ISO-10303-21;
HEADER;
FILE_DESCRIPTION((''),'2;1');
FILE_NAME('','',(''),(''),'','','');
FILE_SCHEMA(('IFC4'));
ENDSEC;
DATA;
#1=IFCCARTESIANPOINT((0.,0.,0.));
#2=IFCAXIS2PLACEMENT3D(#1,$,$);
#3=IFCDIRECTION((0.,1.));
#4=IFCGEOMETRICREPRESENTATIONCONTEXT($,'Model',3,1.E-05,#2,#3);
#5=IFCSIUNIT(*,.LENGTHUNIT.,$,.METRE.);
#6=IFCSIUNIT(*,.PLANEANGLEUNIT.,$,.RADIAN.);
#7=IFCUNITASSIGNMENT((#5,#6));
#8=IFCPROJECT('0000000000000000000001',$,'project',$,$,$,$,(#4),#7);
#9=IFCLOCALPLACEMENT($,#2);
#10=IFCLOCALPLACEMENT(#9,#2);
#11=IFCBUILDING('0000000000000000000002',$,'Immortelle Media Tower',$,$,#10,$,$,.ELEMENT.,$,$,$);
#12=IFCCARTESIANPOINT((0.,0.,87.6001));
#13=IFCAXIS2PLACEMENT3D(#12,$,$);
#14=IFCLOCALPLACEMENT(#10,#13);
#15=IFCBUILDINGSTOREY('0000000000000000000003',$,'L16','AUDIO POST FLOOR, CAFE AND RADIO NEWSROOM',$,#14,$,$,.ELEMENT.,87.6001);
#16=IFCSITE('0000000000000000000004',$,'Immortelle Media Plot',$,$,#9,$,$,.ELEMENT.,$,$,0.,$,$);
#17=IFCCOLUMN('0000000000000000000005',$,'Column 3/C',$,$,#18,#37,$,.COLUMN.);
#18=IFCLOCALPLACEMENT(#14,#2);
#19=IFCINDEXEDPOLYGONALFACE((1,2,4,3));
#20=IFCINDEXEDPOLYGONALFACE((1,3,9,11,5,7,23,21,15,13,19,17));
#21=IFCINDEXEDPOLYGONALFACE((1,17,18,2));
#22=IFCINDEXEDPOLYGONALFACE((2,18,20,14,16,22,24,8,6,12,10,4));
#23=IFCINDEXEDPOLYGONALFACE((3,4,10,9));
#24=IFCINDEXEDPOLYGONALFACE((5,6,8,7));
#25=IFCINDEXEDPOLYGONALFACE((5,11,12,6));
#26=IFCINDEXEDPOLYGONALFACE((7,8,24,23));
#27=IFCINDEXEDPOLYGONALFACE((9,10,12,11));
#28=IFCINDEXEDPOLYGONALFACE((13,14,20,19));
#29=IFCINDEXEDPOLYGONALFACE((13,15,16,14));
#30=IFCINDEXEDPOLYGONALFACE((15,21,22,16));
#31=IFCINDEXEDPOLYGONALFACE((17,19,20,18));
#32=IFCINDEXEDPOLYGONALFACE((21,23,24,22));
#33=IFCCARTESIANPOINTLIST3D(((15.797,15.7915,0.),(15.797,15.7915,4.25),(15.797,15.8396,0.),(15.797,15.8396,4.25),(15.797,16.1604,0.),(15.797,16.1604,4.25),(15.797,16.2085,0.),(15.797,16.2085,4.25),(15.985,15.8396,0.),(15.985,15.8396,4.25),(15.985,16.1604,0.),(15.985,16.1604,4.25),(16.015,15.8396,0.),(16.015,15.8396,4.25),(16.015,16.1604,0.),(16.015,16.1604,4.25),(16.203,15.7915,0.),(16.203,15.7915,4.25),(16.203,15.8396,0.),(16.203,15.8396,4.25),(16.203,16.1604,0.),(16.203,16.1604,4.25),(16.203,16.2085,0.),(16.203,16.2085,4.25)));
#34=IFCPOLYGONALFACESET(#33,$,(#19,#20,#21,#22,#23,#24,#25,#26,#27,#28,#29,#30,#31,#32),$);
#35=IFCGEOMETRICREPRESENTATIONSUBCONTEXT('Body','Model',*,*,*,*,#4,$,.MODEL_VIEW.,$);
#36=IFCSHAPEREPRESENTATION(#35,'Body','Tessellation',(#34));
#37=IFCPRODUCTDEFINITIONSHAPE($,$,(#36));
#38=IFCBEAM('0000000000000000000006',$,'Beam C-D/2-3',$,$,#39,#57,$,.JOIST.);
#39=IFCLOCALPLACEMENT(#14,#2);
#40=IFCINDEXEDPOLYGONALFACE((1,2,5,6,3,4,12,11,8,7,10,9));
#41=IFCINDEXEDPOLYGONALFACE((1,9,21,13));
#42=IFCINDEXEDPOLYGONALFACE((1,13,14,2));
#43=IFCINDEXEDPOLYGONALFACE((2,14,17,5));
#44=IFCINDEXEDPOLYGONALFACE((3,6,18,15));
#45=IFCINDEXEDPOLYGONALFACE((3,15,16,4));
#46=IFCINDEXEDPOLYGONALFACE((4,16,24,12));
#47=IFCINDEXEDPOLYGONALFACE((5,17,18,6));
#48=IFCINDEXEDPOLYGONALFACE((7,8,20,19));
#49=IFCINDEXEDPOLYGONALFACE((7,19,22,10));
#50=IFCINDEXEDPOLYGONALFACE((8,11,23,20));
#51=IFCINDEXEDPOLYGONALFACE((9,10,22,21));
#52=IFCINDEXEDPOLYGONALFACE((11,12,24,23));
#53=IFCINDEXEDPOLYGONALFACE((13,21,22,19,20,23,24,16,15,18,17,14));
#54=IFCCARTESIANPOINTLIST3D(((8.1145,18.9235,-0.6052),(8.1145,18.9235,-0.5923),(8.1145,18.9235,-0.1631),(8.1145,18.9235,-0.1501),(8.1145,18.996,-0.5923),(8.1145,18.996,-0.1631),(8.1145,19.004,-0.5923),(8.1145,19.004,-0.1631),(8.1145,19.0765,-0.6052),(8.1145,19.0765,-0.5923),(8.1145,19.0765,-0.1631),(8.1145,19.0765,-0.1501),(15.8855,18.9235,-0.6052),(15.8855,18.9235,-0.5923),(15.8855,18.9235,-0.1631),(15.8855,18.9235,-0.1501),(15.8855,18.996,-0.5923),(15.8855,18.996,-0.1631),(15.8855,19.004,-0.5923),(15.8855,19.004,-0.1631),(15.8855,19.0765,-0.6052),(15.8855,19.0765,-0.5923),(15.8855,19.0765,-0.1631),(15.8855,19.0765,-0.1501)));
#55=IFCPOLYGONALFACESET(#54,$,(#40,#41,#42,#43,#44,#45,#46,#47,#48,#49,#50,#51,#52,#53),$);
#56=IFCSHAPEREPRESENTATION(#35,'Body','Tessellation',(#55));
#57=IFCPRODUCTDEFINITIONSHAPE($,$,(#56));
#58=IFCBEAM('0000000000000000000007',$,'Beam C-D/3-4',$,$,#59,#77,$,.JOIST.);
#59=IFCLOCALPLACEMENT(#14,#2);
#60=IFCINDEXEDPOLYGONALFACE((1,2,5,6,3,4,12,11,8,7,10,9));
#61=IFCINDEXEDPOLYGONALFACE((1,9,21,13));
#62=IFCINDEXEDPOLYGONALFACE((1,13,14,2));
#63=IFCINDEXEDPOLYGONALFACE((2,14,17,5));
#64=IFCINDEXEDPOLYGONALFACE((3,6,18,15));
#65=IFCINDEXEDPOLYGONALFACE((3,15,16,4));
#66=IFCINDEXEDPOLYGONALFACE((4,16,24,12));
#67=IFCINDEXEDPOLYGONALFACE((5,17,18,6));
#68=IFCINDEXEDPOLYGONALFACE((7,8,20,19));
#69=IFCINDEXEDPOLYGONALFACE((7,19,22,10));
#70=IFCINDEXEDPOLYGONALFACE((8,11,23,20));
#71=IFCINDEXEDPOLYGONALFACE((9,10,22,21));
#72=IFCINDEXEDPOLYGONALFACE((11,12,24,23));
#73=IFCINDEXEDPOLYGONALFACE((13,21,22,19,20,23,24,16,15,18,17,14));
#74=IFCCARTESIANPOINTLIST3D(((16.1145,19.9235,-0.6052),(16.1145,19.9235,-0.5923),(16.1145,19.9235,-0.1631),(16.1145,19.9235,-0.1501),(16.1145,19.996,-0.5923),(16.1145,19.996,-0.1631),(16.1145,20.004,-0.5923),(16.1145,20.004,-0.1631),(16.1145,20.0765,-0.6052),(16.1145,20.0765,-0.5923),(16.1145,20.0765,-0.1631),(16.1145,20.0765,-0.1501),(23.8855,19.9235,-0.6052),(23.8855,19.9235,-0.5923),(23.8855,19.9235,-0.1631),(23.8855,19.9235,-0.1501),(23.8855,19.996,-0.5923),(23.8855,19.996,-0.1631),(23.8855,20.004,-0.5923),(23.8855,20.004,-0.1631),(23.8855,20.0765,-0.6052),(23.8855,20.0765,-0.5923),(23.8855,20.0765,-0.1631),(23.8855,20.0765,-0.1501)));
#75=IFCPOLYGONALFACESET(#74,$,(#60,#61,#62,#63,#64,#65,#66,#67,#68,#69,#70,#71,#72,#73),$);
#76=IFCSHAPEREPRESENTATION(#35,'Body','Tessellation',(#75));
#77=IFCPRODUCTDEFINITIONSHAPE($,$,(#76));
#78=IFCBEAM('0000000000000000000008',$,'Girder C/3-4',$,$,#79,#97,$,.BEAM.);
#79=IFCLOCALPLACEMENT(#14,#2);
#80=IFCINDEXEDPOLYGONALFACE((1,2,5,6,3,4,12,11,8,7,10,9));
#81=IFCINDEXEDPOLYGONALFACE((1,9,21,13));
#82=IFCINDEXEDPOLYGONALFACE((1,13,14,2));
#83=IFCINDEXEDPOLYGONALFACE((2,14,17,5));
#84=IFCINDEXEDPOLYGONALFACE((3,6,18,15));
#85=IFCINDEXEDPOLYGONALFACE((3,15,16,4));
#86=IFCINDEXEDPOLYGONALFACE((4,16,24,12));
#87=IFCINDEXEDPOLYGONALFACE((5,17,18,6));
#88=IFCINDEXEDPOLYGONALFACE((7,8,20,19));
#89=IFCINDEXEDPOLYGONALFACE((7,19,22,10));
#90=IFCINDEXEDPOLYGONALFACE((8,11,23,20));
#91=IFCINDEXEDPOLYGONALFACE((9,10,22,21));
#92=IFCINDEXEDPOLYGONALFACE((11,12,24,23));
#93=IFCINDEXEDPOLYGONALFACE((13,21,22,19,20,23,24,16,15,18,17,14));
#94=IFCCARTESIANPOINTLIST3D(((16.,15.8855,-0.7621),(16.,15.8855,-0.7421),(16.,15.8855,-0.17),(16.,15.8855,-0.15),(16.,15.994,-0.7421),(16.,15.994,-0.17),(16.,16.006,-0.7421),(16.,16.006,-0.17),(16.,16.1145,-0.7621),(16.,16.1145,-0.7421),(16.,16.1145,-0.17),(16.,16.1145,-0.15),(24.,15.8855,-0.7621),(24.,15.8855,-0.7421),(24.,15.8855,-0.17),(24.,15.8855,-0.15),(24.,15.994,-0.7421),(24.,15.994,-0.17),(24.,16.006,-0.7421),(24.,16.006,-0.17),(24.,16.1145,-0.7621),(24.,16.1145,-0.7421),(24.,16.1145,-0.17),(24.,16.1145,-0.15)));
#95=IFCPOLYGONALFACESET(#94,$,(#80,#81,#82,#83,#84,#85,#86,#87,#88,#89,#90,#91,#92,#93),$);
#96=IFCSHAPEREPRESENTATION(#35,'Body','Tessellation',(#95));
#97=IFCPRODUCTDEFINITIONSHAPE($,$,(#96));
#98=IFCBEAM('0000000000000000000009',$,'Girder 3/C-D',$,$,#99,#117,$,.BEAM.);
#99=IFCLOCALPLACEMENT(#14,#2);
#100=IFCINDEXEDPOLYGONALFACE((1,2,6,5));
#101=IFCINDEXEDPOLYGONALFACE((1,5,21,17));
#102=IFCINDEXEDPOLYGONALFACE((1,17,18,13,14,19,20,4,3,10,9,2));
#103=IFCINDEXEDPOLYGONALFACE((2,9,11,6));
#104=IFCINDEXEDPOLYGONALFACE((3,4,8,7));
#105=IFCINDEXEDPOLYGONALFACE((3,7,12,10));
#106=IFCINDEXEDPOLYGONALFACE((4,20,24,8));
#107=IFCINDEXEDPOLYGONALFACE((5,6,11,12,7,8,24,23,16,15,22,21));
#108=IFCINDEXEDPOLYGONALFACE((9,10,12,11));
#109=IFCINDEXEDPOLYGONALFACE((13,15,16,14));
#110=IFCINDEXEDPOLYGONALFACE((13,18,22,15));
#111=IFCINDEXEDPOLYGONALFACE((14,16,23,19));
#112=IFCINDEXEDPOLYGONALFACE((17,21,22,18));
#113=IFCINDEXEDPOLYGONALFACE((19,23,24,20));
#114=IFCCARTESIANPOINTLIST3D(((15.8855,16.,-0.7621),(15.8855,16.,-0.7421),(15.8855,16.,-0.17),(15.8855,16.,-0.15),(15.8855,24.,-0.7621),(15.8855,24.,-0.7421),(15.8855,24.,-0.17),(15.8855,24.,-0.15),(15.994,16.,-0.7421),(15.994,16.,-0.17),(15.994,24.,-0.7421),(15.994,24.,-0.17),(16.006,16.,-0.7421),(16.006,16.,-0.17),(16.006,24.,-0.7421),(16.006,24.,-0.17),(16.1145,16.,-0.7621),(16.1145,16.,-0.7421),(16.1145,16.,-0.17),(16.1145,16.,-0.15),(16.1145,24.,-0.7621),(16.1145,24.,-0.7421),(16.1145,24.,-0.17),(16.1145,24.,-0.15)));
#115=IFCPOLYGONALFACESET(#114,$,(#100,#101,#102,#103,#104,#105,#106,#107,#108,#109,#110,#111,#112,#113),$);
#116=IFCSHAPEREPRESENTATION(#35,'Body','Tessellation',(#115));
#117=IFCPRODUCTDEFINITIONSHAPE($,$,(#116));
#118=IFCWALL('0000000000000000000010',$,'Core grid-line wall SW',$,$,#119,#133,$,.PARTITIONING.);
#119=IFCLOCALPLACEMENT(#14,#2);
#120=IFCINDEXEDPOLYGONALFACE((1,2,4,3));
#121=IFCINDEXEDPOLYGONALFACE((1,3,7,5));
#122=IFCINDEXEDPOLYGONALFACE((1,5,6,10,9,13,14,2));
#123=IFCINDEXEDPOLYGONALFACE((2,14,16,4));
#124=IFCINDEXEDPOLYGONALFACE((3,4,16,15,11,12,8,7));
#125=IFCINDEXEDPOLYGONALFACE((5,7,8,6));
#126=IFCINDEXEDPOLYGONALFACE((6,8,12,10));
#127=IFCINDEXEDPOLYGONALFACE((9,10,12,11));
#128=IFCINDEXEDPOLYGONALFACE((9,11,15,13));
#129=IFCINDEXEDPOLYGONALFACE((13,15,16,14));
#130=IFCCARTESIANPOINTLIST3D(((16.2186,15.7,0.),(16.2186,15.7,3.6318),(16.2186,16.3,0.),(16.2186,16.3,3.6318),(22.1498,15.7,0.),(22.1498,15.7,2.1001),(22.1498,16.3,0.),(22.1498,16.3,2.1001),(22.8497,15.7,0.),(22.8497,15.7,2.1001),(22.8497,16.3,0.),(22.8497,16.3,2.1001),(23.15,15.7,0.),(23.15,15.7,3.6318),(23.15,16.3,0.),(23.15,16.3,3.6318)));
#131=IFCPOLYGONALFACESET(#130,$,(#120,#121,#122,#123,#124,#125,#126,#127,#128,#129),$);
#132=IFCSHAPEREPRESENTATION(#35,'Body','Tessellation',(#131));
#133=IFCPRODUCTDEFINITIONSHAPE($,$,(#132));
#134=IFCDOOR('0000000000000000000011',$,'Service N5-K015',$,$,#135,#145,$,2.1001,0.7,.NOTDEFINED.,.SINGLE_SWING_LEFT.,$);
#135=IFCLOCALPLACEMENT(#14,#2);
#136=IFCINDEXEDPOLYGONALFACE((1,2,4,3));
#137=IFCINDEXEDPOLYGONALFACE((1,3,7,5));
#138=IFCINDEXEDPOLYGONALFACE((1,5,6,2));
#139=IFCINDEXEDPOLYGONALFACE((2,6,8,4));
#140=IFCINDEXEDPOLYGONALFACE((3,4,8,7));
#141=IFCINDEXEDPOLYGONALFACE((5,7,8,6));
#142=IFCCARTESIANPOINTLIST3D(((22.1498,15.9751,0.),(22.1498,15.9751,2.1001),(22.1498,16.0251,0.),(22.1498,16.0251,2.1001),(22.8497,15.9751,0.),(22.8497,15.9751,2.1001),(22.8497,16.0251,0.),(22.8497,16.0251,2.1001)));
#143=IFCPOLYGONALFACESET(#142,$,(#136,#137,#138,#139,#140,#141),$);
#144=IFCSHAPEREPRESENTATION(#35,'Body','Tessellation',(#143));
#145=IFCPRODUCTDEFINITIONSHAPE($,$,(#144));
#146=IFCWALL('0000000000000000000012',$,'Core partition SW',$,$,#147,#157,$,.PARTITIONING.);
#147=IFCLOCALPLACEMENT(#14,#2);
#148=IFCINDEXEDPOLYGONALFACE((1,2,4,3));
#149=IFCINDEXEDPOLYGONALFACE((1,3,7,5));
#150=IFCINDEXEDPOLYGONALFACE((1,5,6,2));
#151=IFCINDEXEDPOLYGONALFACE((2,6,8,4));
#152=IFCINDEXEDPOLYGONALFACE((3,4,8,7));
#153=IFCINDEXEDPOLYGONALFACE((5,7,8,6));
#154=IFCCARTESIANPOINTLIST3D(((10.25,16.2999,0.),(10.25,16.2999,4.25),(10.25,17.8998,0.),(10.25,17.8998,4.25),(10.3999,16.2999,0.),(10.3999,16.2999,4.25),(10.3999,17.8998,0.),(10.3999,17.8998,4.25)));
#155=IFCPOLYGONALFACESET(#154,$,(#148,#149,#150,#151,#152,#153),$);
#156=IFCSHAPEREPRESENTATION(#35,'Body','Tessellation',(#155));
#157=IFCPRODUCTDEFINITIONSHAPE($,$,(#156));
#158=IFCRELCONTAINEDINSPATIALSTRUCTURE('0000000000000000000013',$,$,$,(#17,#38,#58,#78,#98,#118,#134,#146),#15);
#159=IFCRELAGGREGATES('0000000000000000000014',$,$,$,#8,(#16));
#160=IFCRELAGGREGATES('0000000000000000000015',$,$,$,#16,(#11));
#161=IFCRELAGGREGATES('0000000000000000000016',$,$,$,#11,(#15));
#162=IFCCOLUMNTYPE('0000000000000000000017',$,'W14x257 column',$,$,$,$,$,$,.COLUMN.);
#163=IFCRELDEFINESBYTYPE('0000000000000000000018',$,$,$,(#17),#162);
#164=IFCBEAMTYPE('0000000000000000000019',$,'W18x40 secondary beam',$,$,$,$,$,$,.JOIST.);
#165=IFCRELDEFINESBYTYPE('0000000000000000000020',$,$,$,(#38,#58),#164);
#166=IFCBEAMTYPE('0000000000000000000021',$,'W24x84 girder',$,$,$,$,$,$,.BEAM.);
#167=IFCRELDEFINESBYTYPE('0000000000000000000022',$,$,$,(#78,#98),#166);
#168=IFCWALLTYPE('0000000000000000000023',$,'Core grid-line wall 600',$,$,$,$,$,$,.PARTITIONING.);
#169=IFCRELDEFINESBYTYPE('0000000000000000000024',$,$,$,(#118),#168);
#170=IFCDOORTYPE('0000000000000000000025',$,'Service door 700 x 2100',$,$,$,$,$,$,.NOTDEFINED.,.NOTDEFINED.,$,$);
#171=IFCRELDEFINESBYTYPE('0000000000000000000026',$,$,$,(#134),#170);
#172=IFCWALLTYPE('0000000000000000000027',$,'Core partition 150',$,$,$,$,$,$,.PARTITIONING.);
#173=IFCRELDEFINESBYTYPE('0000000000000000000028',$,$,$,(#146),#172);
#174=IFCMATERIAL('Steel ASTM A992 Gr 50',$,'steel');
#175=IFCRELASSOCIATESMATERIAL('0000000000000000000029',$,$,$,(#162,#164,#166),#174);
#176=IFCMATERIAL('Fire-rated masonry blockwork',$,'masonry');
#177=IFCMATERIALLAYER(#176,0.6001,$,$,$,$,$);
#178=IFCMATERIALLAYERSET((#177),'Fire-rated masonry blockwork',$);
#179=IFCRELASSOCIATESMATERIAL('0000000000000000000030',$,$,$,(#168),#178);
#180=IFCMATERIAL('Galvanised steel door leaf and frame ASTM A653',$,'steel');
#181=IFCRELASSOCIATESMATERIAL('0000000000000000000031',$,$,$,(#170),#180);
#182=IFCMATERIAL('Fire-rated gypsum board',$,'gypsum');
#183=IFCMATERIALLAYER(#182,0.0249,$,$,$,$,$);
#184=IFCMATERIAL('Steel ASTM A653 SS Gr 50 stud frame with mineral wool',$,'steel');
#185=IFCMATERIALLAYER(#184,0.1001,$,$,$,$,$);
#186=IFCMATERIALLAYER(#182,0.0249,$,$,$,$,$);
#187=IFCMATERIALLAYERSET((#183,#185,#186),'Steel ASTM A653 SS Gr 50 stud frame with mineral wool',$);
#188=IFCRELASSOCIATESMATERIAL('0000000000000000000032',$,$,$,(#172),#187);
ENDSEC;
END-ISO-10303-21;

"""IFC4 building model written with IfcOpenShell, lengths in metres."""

from ifc_helpers import new_model, si_unit, direction, frame, frame_2d, origin, origin_2d, place, context, subcontext, project, spatial, rectangle, i_section, extrude, material, layer, layer_set, material_profile, profile_set, type_object, element, fill, save


model = new_model("IFC4")

# Units and contexts
model_context = context("Model", 3, precision=1e-05, world=origin(), true_north=direction((0.0, 1.0)))
body_context = subcontext(model_context, "Body", "Model", "MODEL_VIEW")
ifc_project = project(units=[si_unit("LENGTHUNIT", "METRE"), si_unit("PLANEANGLEUNIT", "RADIAN")], contexts=[model_context])

# Site, building, storey
site_placement = place(None, origin())
site = spatial("IfcSite", under=ifc_project, at=site_placement, Name="Immortelle Media Plot", CompositionType="ELEMENT", RefElevation=0.0)
building_placement = place(site_placement, origin())
building = spatial("IfcBuilding", under=site, at=building_placement, Name="Immortelle Media Tower", CompositionType="ELEMENT")
storey_placement = place(building_placement, frame((0.0, 0.0, 87.6001)))
storey = spatial("IfcBuildingStorey", under=building, at=storey_placement, Name="L16", Description="AUDIO POST FLOOR, CAFE AND RADIO NEWSROOM", CompositionType="ELEMENT", Elevation=87.6001)

# Column
ifc_material_1 = material(Name="Steel ASTM A992 Gr 50", Category="steel")
ifc_material_profile_1 = material_profile(ifc_material_1, i_section(OverallWidth=0.406, OverallDepth=0.417, WebThickness=0.03, FlangeThickness=0.0481, at=origin_2d()), Name="W14x257")
ifc_profile_set_1 = profile_set([ifc_material_profile_1], Name="Steel ASTM A992 Gr 50")
column_type = type_object("IfcColumnType", Name="W14x257 column", PredefinedType="COLUMN", material=ifc_profile_set_1)
column_placement = place(storey_placement, frame((16.0, 16.0, 0.0), z_axis=(0.0, 0.0, 1.0), x_axis=(1.0, 0.0, 0.0)))
element("IfcColumn", 1, at=column_placement, inside=storey, type_object=column_type, Name="Column 3/C", PredefinedType="COLUMN", context=body_context, shape_type="SweptSolid", body=[
    extrude(i_section(OverallWidth=0.406, OverallDepth=0.417, WebThickness=0.03, FlangeThickness=0.0481, at=origin_2d()), origin(), (0.0, 0.0, 1.0), 4.25),
])

# Beams
ifc_material_profile_2 = material_profile(ifc_material_1, i_section(OverallWidth=0.1531, OverallDepth=0.4551, WebThickness=0.0081, FlangeThickness=0.0129, at=origin_2d()), Name="W18x40")
ifc_profile_set_2 = profile_set([ifc_material_profile_2], Name="Steel ASTM A992 Gr 50")
beam_type_1 = type_object("IfcBeamType", Name="W18x40 secondary beam", PredefinedType="JOIST", material=ifc_profile_set_2)
for number, where, z_axis, x_axis, name in (
    (2, (8.1145, 19.0, -0.3777), (1.0, 0.0, 0.0), (0.0, 1.0, 0.0), "Beam C-D/2-3"),
    (3, (16.1145, 20.0, -0.3777), (1.0, 0.0, 0.0), (0.0, 1.0, 0.0), "Beam C-D/3-4"),
):
    element("IfcBeam", number, at=place(storey_placement, frame(where, z_axis=z_axis, x_axis=x_axis)), inside=storey, type_object=beam_type_1, Name=name, PredefinedType="JOIST", context=body_context, shape_type="SweptSolid", body=[
        extrude(i_section(OverallWidth=0.1531, OverallDepth=0.4551, WebThickness=0.0081, FlangeThickness=0.0129, at=origin_2d()), origin(), (0.0, 0.0, 1.0), 7.771),
    ])
ifc_material_profile_3 = material_profile(ifc_material_1, i_section(OverallWidth=0.229, OverallDepth=0.6121, WebThickness=0.012, FlangeThickness=0.02, at=origin_2d()), Name="W24x84")
ifc_profile_set_3 = profile_set([ifc_material_profile_3], Name="Steel ASTM A992 Gr 50")
beam_type_2 = type_object("IfcBeamType", Name="W24x84 girder", PredefinedType="BEAM", material=ifc_profile_set_3)
for number, where, z_axis, x_axis, name in (
    (4, (16.0, 16.0, -0.4561), (1.0, 0.0, 0.0), (0.0, 1.0, 0.0), "Girder C/3-4"),
    (5, (16.0, 16.0, -0.4561), (0.0, 1.0, 0.0), (-1.0, 0.0, 0.0), "Girder 3/C-D"),
):
    element("IfcBeam", number, at=place(storey_placement, frame(where, z_axis=z_axis, x_axis=x_axis)), inside=storey, type_object=beam_type_2, Name=name, PredefinedType="BEAM", context=body_context, shape_type="SweptSolid", body=[
        extrude(i_section(OverallWidth=0.229, OverallDepth=0.6121, WebThickness=0.012, FlangeThickness=0.02, at=origin_2d()), origin(), (0.0, 0.0, 1.0), 8.0),
    ])

# Wall, opening, door
ifc_material_2 = material(Name="Fire-rated masonry blockwork", Category="masonry")
ifc_layer_1 = layer(ifc_material_2, 0.6001)
ifc_layer_set_1 = layer_set([ifc_layer_1], Name="Fire-rated masonry blockwork")
wall_type_1 = type_object("IfcWallType", Name="Core grid-line wall 600", PredefinedType="PARTITIONING", material=ifc_layer_set_1)
wall_1_placement = place(storey_placement, frame((16.2185, 16.0, 0.0), z_axis=(0.0, 0.0, 1.0), x_axis=(1.0, 0.0, 0.0)))
wall_1 = element("IfcWall", 6, at=wall_1_placement, inside=storey, type_object=wall_type_1, Name="Core grid-line wall SW", PredefinedType="PARTITIONING", context=body_context, shape_type="SweptSolid", body=[
    extrude(rectangle(XDim=6.9314, YDim=0.6001, at=frame_2d((3.4658, 0.0))), origin(), (0.0, 0.0, 1.0), 3.6318),
])
opening_1_placement = place(wall_1_placement, frame((6.6313, 0.0, 0.0), z_axis=(0.0, 0.0, 1.0), x_axis=(-1.0, 0.0, 0.0)))
opening_1 = element("IfcOpeningElement", 7, at=opening_1_placement, cuts=wall_1, PredefinedType="OPENING", context=body_context, shape_type="SweptSolid", body=[
    extrude(rectangle(XDim=0.7, YDim=2.1001, at=frame_2d((0.3501, 1.05))), frame((0.0, 0.3101, 0.0), z_axis=(0.0, -1.0, 0.0), x_axis=(1.0, 0.0, 0.0)), (0.0, 0.0, 1.0), 0.6201),
])
ifc_material_3 = material(Name="Galvanised steel door leaf and frame ASTM A653", Category="steel")
door_type_1 = type_object("IfcDoorType", Name="Service door 700 x 2100", OperationType="NOTDEFINED", PredefinedType="NOTDEFINED", material=ifc_material_3)
door_1_placement = place(opening_1_placement, origin())
door_1 = element("IfcDoor", 8, at=door_1_placement, inside=storey, type_object=door_type_1, Name="Service N5-K015", OperationType="SINGLE_SWING_LEFT", OverallHeight=2.1001, OverallWidth=0.7, PredefinedType="NOTDEFINED", context=body_context, shape_type="SweptSolid", body=[
    extrude(rectangle(XDim=0.7, YDim=2.1001, at=frame_2d((0.3501, 1.05))), frame((0.0, 0.0249, 0.0), z_axis=(0.0, -1.0, 0.0), x_axis=(1.0, 0.0, 0.0)), (0.0, 0.0, 1.0), 0.05),
])
fill(opening_1, door_1)

# Wall
ifc_material_4 = material(Name="Fire-rated gypsum board", Category="gypsum")
ifc_layer_2 = layer(ifc_material_4, 0.0249)
ifc_material_5 = material(Name="Steel ASTM A653 SS Gr 50 stud frame with mineral wool", Category="steel")
ifc_layer_3 = layer(ifc_material_5, 0.1001)
ifc_layer_4 = layer(ifc_material_4, 0.0249)
ifc_layer_set_2 = layer_set([ifc_layer_2, ifc_layer_3, ifc_layer_4], Name="Steel ASTM A653 SS Gr 50 stud frame with mineral wool")
wall_type_2 = type_object("IfcWallType", Name="Core partition 150", PredefinedType="PARTITIONING", material=ifc_layer_set_2)
wall_2_placement = place(storey_placement, frame((10.325, 16.3, 0.0), z_axis=(0.0, 0.0, 1.0), x_axis=(0.0, 1.0, 0.0)))
element("IfcWall", 9, at=wall_2_placement, inside=storey, type_object=wall_type_2, Name="Core partition SW", PredefinedType="PARTITIONING", context=body_context, shape_type="SweptSolid", body=[
    extrude(rectangle(XDim=1.5999, YDim=0.1499, at=frame_2d((0.7998, 0.0))), origin(), (0.0, 0.0, 1.0), 4.25),
])

save(model, "model.ifc")
